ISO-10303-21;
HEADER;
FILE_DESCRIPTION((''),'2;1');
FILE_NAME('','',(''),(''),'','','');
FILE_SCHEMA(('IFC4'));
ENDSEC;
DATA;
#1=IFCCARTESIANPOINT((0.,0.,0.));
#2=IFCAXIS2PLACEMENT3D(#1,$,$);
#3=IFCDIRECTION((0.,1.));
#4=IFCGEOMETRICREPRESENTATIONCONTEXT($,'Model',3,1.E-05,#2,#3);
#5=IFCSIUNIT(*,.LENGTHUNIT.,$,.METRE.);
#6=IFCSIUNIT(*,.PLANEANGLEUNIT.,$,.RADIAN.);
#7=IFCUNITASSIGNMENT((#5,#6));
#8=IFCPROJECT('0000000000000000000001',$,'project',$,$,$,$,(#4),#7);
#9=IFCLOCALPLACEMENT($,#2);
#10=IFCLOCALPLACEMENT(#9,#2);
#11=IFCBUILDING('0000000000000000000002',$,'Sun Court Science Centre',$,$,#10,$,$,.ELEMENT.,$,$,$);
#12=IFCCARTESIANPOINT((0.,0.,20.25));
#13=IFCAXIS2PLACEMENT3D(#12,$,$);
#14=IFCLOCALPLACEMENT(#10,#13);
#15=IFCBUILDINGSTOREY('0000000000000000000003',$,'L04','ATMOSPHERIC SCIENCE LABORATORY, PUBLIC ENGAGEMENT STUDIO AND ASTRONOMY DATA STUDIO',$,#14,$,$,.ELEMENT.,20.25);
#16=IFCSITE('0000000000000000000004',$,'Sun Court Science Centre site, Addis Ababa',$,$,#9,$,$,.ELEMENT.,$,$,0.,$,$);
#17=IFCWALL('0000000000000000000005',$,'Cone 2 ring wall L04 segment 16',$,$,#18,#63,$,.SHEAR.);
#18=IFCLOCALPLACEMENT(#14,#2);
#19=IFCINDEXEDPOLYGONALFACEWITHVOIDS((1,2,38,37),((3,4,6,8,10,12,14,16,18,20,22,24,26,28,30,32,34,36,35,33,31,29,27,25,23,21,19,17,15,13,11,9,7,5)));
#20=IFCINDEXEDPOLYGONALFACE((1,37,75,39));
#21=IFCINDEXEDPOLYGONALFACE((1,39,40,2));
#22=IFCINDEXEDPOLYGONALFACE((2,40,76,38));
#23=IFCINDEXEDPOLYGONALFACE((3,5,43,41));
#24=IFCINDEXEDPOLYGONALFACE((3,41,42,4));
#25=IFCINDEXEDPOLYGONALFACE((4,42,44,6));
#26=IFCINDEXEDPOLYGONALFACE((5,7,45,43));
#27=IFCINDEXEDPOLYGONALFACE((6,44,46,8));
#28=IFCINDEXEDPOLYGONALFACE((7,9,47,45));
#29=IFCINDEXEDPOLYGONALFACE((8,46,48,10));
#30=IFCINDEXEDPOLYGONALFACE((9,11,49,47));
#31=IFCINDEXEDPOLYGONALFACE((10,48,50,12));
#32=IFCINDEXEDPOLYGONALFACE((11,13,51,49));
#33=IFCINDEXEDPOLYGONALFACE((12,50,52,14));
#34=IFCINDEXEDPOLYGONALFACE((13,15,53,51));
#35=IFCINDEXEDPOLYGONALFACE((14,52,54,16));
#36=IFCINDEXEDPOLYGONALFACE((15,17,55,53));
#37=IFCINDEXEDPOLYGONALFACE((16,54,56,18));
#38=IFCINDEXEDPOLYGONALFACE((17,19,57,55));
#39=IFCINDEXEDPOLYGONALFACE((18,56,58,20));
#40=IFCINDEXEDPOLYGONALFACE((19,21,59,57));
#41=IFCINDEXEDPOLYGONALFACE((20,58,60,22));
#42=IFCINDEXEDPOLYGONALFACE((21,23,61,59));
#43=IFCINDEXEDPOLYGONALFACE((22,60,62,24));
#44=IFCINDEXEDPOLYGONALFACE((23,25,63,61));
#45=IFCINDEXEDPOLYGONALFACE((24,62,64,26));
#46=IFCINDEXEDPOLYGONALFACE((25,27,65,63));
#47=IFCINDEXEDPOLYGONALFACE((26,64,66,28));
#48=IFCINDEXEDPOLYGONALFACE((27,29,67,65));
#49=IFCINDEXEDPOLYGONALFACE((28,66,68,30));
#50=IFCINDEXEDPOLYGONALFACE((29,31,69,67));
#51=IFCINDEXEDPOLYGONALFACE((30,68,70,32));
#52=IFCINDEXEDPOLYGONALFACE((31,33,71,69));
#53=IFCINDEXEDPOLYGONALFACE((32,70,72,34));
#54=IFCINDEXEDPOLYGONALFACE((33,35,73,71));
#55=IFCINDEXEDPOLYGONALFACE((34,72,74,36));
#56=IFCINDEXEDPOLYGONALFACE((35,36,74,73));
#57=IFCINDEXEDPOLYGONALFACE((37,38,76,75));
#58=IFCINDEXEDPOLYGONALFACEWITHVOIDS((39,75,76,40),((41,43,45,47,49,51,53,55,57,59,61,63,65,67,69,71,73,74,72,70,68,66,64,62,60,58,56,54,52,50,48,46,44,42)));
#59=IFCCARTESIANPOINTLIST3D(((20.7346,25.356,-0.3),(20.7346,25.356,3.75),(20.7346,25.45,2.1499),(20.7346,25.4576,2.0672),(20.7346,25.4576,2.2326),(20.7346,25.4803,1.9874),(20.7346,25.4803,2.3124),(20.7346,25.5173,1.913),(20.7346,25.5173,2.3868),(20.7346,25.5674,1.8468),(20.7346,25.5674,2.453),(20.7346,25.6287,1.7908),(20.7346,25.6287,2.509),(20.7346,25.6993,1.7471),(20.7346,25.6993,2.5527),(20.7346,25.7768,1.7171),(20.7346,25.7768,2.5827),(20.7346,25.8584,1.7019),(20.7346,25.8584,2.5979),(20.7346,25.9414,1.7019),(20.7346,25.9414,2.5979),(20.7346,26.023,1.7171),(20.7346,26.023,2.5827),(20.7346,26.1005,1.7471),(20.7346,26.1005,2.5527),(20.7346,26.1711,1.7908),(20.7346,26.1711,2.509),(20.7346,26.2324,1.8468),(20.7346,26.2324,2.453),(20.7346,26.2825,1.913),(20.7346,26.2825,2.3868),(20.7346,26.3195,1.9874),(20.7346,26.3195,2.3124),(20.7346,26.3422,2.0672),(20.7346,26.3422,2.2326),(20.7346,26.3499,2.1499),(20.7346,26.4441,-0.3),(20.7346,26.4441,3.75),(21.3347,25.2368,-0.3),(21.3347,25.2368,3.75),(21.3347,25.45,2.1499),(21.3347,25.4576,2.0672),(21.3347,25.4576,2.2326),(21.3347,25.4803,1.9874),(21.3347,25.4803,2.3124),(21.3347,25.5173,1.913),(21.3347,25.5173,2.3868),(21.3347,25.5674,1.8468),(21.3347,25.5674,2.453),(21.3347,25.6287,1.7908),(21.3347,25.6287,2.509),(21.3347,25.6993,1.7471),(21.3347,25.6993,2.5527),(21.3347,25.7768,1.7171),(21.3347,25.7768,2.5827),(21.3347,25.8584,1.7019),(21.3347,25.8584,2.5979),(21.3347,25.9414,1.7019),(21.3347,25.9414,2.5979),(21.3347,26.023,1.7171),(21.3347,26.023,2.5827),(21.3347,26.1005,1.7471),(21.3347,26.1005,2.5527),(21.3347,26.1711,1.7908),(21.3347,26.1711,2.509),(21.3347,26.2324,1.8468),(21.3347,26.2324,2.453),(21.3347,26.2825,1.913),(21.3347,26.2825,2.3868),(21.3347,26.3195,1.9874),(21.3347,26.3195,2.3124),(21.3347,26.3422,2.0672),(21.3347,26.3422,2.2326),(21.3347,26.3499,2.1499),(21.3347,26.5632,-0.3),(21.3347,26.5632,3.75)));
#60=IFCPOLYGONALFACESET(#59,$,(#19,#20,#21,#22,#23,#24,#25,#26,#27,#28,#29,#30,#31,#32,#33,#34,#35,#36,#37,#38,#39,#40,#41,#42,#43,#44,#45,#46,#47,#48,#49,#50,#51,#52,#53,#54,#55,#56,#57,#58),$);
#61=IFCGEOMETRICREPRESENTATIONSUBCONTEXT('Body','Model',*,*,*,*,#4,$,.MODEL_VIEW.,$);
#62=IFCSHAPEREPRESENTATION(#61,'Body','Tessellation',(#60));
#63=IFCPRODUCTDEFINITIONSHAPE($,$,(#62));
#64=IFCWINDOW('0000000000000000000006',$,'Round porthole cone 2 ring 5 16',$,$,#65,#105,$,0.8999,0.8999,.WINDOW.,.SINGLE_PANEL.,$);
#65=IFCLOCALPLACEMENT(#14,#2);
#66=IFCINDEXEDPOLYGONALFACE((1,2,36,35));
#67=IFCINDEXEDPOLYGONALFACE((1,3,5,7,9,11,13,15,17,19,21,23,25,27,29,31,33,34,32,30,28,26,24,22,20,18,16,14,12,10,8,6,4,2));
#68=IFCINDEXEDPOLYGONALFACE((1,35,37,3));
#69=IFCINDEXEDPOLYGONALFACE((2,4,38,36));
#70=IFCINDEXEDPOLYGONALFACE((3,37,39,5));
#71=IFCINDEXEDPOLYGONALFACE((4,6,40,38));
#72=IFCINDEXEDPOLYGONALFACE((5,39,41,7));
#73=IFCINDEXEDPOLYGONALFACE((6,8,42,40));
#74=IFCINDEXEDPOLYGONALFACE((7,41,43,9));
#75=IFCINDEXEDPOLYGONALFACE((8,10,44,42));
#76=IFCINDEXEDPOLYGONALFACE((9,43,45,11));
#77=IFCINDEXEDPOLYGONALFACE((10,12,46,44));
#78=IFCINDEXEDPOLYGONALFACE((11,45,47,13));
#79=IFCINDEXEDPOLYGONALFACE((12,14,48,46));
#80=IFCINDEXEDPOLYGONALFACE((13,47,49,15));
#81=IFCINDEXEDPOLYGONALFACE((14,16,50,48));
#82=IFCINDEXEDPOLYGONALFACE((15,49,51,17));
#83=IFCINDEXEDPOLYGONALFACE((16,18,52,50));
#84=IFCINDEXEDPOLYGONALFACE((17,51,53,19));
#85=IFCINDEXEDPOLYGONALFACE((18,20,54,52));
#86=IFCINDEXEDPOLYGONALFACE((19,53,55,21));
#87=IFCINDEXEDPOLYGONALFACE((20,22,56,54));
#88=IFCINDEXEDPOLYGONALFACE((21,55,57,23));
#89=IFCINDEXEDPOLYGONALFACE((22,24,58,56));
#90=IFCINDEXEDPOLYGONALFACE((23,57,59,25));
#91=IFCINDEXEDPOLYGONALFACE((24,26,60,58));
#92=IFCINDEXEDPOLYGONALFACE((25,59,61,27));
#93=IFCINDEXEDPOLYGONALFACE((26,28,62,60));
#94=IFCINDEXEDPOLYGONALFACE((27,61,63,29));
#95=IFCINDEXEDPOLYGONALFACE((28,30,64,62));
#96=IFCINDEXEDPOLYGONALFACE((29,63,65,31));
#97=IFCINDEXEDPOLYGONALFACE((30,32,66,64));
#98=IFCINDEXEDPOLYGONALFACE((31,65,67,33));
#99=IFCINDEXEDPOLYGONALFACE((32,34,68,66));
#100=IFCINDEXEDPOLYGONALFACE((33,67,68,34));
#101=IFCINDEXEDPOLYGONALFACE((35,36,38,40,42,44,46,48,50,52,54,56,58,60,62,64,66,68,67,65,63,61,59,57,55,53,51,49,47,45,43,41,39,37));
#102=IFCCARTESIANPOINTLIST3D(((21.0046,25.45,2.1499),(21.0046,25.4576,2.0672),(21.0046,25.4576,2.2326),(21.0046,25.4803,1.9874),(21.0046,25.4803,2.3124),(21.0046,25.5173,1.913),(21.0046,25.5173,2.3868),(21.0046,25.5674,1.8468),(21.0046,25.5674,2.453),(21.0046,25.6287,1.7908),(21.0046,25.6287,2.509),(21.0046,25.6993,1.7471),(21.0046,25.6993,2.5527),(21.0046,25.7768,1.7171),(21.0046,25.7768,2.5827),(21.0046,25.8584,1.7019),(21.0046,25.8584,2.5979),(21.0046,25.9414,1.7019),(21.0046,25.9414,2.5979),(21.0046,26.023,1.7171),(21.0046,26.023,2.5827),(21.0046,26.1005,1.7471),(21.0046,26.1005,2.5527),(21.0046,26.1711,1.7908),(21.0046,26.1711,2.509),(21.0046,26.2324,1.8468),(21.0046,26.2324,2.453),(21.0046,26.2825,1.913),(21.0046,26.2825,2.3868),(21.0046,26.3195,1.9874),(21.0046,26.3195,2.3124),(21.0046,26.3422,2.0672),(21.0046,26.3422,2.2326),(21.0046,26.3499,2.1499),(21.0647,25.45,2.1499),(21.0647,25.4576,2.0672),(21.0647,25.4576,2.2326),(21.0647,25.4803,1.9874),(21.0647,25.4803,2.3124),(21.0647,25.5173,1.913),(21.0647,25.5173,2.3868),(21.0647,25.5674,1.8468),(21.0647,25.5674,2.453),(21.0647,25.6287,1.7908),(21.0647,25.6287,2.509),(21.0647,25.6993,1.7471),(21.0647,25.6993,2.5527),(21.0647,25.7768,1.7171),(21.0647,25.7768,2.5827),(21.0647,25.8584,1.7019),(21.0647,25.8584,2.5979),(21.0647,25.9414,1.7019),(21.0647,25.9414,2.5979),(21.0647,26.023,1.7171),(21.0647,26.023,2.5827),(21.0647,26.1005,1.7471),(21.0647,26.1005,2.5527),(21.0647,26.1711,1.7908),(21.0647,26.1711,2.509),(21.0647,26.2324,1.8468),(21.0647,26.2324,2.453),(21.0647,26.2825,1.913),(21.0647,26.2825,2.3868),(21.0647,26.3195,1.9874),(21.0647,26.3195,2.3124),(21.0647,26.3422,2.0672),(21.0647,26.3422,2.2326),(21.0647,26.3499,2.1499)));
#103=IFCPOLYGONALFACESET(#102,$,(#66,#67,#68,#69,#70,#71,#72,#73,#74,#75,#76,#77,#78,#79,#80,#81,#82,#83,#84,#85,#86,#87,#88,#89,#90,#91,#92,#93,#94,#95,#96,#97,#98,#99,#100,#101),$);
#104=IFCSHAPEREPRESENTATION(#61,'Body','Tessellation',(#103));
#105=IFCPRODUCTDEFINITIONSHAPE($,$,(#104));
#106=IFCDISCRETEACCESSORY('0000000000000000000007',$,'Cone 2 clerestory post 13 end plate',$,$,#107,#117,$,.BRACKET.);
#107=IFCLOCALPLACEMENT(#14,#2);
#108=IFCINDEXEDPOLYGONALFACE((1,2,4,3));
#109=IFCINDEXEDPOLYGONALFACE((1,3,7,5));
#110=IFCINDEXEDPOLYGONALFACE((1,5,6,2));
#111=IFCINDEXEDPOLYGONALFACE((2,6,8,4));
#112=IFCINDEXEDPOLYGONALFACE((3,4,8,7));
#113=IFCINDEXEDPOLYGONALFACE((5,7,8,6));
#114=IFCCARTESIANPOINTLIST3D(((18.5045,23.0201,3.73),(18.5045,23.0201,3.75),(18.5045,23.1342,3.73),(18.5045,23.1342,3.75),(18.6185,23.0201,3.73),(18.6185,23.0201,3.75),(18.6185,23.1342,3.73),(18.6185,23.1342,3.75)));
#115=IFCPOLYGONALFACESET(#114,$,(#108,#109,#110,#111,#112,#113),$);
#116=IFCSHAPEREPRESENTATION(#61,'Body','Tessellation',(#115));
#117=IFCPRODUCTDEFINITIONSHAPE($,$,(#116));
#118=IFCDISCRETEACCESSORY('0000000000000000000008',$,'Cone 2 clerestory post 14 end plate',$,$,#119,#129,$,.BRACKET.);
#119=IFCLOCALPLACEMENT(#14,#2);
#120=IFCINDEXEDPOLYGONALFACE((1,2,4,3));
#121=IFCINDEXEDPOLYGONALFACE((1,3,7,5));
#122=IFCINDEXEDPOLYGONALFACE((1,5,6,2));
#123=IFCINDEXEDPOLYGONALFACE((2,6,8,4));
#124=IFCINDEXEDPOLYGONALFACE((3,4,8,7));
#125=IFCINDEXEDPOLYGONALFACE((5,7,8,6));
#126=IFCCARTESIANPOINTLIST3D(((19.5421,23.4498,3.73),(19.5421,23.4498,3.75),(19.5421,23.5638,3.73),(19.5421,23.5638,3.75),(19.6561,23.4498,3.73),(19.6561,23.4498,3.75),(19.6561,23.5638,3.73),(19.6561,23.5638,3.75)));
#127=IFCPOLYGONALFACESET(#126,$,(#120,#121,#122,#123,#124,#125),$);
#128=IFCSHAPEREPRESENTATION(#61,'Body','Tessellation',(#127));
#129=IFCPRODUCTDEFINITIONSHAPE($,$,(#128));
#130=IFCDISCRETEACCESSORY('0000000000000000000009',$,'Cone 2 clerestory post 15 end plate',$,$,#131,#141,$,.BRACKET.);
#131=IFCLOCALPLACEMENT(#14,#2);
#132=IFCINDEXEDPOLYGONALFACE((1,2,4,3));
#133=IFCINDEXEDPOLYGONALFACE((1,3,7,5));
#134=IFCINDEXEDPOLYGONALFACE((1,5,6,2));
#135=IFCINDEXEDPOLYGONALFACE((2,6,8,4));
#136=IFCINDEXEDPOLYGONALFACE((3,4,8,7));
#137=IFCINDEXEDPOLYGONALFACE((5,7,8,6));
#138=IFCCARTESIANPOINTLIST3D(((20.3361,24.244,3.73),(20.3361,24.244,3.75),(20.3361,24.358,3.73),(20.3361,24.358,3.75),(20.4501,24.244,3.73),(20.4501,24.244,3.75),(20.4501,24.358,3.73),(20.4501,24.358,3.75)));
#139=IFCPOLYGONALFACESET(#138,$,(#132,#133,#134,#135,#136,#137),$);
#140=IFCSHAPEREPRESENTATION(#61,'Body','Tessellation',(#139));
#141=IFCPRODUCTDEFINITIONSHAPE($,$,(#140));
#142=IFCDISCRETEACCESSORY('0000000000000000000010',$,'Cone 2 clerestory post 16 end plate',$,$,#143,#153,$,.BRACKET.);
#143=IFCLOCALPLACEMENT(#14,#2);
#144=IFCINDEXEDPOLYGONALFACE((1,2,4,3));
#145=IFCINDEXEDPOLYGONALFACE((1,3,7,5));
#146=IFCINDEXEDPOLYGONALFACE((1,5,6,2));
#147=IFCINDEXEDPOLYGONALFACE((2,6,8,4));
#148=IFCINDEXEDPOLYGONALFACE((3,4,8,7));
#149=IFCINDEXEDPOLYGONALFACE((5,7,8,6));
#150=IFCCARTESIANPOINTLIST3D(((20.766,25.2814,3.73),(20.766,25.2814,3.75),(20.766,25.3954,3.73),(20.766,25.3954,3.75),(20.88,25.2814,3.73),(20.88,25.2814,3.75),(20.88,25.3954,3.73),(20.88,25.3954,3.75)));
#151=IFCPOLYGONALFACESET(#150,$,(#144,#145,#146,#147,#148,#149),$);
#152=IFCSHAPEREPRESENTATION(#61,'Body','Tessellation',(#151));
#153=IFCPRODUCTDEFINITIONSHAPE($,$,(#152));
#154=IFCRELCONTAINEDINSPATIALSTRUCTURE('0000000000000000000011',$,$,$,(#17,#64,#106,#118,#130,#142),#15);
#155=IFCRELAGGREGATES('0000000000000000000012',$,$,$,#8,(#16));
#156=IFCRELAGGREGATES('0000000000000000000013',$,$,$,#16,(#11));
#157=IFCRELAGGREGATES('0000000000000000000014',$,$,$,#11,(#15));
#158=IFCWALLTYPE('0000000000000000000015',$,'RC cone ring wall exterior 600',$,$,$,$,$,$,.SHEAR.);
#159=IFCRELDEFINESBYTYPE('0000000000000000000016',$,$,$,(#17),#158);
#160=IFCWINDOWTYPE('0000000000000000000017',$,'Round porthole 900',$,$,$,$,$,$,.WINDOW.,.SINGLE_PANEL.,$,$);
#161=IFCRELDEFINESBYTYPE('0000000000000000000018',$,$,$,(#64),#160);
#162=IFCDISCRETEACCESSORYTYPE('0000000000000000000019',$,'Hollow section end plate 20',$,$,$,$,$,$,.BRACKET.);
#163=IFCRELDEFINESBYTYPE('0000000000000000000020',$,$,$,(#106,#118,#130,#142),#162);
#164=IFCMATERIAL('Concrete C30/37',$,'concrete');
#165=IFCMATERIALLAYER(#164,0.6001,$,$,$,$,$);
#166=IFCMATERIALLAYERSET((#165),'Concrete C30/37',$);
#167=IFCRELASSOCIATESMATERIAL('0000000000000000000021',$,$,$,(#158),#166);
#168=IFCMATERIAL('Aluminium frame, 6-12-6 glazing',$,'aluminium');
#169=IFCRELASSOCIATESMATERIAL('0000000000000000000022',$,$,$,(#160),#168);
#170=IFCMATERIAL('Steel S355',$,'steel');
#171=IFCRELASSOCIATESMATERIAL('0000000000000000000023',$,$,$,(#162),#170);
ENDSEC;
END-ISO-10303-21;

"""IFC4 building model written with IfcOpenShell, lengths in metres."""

from ifc_helpers import new_model, si_unit, direction, frame, frame_2d, origin, origin_2d, place, context, subcontext, project, spatial, polyline, rectangle, circle, outline, extrude, material, layer, layer_set, type_object, element, fill, save


model = new_model("IFC4")

# Units and contexts
model_context = context("Model", 3, precision=1e-05, world=origin(), true_north=direction((0.0, 1.0)))
body_context = subcontext(model_context, "Body", "Model", "MODEL_VIEW")
ifc_project = project(units=[si_unit("LENGTHUNIT", "METRE"), si_unit("PLANEANGLEUNIT", "RADIAN")], contexts=[model_context])

# Site, building, storey
site_placement = place(None, origin())
site = spatial("IfcSite", under=ifc_project, at=site_placement, Name="Sun Court Science Centre site, Addis Ababa", CompositionType="ELEMENT", RefElevation=0.0)
building_placement = place(site_placement, origin())
building = spatial("IfcBuilding", under=site, at=building_placement, Name="Sun Court Science Centre", CompositionType="ELEMENT")
storey_placement = place(building_placement, frame((0.0, 0.0, 20.25)))
storey = spatial("IfcBuildingStorey", under=building, at=storey_placement, Name="L04", Description="ATMOSPHERIC SCIENCE LABORATORY, PUBLIC ENGAGEMENT STUDIO AND ASTRONOMY DATA STUDIO", CompositionType="ELEMENT", Elevation=20.25)

# Wall, opening, window
ifc_material_1 = material(Name="Concrete C30/37", Category="concrete")
ifc_layer = layer(ifc_material_1, 0.6001)
ifc_layer_set = layer_set([ifc_layer], Name="Concrete C30/37")
wall_type = type_object("IfcWallType", Name="RC cone ring wall exterior 600", PredefinedType="SHEAR", material=ifc_layer_set)
ifc_material_2 = material(Name="Aluminium frame, 6-12-6 glazing", Category="aluminium")
window_type = type_object("IfcWindowType", Name="Round porthole 900", PartitioningType="SINGLE_PANEL", PredefinedType="WINDOW", material=ifc_material_2)
wall_1_placement = place(storey_placement, frame((21.0347, 25.2366, -0.3), z_axis=(0.0, 0.0, 1.0), x_axis=(0.0, 1.0, 0.0)))
wall_1 = element("IfcWall", 1, at=wall_1_placement, inside=storey, type_object=wall_type, Name="Cone 2 ring wall L04 segment 16", PredefinedType="SHEAR", context=body_context, shape_type="SweptSolid", body=[
    extrude(outline(polyline([(0.0002, -0.3), (1.3267, -0.3), (1.2075, 0.3), (0.1194, 0.3), (0.0002, -0.3)])), origin(), (0.0, 0.0, 1.0), 4.05),
])
opening_1_placement = place(wall_1_placement, frame((0.2134, 0.0, 2.0)))
opening_1 = element("IfcOpeningElement", 2, at=opening_1_placement, cuts=wall_1, PredefinedType="OPENING", context=body_context, shape_type="SweptSolid", body=[
    extrude(circle(Radius=0.45, at=frame_2d((0.45, 0.45))), frame((0.0, 0.3101, 0.0), z_axis=(0.0, -1.0, 0.0), x_axis=(1.0, 0.0, 0.0)), (0.0, 0.0, 1.0), 0.6201),
])
window_1_placement = place(opening_1_placement, origin())
window_1 = element("IfcWindow", 3, at=window_1_placement, inside=storey, type_object=window_type, Name="Round porthole cone 2 ring 5 16", OverallHeight=0.8999, OverallWidth=0.8999, PartitioningType="SINGLE_PANEL", PredefinedType="WINDOW", context=body_context, shape_type="SweptSolid", body=[
    extrude(circle(Radius=0.45, at=frame_2d((0.45, 0.45))), frame((0.0, 0.03, 0.0), z_axis=(0.0, -1.0, 0.0), x_axis=(1.0, 0.0, 0.0)), (0.0, 0.0, 1.0), 0.0601),
])
fill(opening_1, window_1)

# Discrete accessories
ifc_material_3 = material(Name="Steel S355", Category="steel")
discrete_accessory_type = type_object("IfcDiscreteAccessoryType", Name="Hollow section end plate 20", PredefinedType="BRACKET", material=ifc_material_3)
for number, where, z_axis, x_axis, name in (
    (4, (18.5615, 23.0771, 3.73), (0.0, 0.0, 1.0), (1.0, 0.0, 0.0), "Cone 2 clerestory post 13 end plate"),
    (5, (19.5991, 23.5068, 3.73), (0.0, 0.0, 1.0), (1.0, 0.0, 0.0), "Cone 2 clerestory post 14 end plate"),
    (6, (20.3931, 24.301, 3.73), (0.0, 0.0, 1.0), (1.0, 0.0, 0.0), "Cone 2 clerestory post 15 end plate"),
    (7, (20.823, 25.3384, 3.73), (0.0, 0.0, 1.0), (1.0, 0.0, 0.0), "Cone 2 clerestory post 16 end plate"),
):
    element("IfcDiscreteAccessory", number, at=place(storey_placement, frame(where, z_axis=z_axis, x_axis=x_axis)), inside=storey, type_object=discrete_accessory_type, Name=name, PredefinedType="BRACKET", context=body_context, shape_type="SweptSolid", body=[
        extrude(rectangle(XDim=0.114, YDim=0.114, at=origin_2d()), origin(), (0.0, 0.0, 1.0), 0.02),
    ])

save(model, "model.ifc")
